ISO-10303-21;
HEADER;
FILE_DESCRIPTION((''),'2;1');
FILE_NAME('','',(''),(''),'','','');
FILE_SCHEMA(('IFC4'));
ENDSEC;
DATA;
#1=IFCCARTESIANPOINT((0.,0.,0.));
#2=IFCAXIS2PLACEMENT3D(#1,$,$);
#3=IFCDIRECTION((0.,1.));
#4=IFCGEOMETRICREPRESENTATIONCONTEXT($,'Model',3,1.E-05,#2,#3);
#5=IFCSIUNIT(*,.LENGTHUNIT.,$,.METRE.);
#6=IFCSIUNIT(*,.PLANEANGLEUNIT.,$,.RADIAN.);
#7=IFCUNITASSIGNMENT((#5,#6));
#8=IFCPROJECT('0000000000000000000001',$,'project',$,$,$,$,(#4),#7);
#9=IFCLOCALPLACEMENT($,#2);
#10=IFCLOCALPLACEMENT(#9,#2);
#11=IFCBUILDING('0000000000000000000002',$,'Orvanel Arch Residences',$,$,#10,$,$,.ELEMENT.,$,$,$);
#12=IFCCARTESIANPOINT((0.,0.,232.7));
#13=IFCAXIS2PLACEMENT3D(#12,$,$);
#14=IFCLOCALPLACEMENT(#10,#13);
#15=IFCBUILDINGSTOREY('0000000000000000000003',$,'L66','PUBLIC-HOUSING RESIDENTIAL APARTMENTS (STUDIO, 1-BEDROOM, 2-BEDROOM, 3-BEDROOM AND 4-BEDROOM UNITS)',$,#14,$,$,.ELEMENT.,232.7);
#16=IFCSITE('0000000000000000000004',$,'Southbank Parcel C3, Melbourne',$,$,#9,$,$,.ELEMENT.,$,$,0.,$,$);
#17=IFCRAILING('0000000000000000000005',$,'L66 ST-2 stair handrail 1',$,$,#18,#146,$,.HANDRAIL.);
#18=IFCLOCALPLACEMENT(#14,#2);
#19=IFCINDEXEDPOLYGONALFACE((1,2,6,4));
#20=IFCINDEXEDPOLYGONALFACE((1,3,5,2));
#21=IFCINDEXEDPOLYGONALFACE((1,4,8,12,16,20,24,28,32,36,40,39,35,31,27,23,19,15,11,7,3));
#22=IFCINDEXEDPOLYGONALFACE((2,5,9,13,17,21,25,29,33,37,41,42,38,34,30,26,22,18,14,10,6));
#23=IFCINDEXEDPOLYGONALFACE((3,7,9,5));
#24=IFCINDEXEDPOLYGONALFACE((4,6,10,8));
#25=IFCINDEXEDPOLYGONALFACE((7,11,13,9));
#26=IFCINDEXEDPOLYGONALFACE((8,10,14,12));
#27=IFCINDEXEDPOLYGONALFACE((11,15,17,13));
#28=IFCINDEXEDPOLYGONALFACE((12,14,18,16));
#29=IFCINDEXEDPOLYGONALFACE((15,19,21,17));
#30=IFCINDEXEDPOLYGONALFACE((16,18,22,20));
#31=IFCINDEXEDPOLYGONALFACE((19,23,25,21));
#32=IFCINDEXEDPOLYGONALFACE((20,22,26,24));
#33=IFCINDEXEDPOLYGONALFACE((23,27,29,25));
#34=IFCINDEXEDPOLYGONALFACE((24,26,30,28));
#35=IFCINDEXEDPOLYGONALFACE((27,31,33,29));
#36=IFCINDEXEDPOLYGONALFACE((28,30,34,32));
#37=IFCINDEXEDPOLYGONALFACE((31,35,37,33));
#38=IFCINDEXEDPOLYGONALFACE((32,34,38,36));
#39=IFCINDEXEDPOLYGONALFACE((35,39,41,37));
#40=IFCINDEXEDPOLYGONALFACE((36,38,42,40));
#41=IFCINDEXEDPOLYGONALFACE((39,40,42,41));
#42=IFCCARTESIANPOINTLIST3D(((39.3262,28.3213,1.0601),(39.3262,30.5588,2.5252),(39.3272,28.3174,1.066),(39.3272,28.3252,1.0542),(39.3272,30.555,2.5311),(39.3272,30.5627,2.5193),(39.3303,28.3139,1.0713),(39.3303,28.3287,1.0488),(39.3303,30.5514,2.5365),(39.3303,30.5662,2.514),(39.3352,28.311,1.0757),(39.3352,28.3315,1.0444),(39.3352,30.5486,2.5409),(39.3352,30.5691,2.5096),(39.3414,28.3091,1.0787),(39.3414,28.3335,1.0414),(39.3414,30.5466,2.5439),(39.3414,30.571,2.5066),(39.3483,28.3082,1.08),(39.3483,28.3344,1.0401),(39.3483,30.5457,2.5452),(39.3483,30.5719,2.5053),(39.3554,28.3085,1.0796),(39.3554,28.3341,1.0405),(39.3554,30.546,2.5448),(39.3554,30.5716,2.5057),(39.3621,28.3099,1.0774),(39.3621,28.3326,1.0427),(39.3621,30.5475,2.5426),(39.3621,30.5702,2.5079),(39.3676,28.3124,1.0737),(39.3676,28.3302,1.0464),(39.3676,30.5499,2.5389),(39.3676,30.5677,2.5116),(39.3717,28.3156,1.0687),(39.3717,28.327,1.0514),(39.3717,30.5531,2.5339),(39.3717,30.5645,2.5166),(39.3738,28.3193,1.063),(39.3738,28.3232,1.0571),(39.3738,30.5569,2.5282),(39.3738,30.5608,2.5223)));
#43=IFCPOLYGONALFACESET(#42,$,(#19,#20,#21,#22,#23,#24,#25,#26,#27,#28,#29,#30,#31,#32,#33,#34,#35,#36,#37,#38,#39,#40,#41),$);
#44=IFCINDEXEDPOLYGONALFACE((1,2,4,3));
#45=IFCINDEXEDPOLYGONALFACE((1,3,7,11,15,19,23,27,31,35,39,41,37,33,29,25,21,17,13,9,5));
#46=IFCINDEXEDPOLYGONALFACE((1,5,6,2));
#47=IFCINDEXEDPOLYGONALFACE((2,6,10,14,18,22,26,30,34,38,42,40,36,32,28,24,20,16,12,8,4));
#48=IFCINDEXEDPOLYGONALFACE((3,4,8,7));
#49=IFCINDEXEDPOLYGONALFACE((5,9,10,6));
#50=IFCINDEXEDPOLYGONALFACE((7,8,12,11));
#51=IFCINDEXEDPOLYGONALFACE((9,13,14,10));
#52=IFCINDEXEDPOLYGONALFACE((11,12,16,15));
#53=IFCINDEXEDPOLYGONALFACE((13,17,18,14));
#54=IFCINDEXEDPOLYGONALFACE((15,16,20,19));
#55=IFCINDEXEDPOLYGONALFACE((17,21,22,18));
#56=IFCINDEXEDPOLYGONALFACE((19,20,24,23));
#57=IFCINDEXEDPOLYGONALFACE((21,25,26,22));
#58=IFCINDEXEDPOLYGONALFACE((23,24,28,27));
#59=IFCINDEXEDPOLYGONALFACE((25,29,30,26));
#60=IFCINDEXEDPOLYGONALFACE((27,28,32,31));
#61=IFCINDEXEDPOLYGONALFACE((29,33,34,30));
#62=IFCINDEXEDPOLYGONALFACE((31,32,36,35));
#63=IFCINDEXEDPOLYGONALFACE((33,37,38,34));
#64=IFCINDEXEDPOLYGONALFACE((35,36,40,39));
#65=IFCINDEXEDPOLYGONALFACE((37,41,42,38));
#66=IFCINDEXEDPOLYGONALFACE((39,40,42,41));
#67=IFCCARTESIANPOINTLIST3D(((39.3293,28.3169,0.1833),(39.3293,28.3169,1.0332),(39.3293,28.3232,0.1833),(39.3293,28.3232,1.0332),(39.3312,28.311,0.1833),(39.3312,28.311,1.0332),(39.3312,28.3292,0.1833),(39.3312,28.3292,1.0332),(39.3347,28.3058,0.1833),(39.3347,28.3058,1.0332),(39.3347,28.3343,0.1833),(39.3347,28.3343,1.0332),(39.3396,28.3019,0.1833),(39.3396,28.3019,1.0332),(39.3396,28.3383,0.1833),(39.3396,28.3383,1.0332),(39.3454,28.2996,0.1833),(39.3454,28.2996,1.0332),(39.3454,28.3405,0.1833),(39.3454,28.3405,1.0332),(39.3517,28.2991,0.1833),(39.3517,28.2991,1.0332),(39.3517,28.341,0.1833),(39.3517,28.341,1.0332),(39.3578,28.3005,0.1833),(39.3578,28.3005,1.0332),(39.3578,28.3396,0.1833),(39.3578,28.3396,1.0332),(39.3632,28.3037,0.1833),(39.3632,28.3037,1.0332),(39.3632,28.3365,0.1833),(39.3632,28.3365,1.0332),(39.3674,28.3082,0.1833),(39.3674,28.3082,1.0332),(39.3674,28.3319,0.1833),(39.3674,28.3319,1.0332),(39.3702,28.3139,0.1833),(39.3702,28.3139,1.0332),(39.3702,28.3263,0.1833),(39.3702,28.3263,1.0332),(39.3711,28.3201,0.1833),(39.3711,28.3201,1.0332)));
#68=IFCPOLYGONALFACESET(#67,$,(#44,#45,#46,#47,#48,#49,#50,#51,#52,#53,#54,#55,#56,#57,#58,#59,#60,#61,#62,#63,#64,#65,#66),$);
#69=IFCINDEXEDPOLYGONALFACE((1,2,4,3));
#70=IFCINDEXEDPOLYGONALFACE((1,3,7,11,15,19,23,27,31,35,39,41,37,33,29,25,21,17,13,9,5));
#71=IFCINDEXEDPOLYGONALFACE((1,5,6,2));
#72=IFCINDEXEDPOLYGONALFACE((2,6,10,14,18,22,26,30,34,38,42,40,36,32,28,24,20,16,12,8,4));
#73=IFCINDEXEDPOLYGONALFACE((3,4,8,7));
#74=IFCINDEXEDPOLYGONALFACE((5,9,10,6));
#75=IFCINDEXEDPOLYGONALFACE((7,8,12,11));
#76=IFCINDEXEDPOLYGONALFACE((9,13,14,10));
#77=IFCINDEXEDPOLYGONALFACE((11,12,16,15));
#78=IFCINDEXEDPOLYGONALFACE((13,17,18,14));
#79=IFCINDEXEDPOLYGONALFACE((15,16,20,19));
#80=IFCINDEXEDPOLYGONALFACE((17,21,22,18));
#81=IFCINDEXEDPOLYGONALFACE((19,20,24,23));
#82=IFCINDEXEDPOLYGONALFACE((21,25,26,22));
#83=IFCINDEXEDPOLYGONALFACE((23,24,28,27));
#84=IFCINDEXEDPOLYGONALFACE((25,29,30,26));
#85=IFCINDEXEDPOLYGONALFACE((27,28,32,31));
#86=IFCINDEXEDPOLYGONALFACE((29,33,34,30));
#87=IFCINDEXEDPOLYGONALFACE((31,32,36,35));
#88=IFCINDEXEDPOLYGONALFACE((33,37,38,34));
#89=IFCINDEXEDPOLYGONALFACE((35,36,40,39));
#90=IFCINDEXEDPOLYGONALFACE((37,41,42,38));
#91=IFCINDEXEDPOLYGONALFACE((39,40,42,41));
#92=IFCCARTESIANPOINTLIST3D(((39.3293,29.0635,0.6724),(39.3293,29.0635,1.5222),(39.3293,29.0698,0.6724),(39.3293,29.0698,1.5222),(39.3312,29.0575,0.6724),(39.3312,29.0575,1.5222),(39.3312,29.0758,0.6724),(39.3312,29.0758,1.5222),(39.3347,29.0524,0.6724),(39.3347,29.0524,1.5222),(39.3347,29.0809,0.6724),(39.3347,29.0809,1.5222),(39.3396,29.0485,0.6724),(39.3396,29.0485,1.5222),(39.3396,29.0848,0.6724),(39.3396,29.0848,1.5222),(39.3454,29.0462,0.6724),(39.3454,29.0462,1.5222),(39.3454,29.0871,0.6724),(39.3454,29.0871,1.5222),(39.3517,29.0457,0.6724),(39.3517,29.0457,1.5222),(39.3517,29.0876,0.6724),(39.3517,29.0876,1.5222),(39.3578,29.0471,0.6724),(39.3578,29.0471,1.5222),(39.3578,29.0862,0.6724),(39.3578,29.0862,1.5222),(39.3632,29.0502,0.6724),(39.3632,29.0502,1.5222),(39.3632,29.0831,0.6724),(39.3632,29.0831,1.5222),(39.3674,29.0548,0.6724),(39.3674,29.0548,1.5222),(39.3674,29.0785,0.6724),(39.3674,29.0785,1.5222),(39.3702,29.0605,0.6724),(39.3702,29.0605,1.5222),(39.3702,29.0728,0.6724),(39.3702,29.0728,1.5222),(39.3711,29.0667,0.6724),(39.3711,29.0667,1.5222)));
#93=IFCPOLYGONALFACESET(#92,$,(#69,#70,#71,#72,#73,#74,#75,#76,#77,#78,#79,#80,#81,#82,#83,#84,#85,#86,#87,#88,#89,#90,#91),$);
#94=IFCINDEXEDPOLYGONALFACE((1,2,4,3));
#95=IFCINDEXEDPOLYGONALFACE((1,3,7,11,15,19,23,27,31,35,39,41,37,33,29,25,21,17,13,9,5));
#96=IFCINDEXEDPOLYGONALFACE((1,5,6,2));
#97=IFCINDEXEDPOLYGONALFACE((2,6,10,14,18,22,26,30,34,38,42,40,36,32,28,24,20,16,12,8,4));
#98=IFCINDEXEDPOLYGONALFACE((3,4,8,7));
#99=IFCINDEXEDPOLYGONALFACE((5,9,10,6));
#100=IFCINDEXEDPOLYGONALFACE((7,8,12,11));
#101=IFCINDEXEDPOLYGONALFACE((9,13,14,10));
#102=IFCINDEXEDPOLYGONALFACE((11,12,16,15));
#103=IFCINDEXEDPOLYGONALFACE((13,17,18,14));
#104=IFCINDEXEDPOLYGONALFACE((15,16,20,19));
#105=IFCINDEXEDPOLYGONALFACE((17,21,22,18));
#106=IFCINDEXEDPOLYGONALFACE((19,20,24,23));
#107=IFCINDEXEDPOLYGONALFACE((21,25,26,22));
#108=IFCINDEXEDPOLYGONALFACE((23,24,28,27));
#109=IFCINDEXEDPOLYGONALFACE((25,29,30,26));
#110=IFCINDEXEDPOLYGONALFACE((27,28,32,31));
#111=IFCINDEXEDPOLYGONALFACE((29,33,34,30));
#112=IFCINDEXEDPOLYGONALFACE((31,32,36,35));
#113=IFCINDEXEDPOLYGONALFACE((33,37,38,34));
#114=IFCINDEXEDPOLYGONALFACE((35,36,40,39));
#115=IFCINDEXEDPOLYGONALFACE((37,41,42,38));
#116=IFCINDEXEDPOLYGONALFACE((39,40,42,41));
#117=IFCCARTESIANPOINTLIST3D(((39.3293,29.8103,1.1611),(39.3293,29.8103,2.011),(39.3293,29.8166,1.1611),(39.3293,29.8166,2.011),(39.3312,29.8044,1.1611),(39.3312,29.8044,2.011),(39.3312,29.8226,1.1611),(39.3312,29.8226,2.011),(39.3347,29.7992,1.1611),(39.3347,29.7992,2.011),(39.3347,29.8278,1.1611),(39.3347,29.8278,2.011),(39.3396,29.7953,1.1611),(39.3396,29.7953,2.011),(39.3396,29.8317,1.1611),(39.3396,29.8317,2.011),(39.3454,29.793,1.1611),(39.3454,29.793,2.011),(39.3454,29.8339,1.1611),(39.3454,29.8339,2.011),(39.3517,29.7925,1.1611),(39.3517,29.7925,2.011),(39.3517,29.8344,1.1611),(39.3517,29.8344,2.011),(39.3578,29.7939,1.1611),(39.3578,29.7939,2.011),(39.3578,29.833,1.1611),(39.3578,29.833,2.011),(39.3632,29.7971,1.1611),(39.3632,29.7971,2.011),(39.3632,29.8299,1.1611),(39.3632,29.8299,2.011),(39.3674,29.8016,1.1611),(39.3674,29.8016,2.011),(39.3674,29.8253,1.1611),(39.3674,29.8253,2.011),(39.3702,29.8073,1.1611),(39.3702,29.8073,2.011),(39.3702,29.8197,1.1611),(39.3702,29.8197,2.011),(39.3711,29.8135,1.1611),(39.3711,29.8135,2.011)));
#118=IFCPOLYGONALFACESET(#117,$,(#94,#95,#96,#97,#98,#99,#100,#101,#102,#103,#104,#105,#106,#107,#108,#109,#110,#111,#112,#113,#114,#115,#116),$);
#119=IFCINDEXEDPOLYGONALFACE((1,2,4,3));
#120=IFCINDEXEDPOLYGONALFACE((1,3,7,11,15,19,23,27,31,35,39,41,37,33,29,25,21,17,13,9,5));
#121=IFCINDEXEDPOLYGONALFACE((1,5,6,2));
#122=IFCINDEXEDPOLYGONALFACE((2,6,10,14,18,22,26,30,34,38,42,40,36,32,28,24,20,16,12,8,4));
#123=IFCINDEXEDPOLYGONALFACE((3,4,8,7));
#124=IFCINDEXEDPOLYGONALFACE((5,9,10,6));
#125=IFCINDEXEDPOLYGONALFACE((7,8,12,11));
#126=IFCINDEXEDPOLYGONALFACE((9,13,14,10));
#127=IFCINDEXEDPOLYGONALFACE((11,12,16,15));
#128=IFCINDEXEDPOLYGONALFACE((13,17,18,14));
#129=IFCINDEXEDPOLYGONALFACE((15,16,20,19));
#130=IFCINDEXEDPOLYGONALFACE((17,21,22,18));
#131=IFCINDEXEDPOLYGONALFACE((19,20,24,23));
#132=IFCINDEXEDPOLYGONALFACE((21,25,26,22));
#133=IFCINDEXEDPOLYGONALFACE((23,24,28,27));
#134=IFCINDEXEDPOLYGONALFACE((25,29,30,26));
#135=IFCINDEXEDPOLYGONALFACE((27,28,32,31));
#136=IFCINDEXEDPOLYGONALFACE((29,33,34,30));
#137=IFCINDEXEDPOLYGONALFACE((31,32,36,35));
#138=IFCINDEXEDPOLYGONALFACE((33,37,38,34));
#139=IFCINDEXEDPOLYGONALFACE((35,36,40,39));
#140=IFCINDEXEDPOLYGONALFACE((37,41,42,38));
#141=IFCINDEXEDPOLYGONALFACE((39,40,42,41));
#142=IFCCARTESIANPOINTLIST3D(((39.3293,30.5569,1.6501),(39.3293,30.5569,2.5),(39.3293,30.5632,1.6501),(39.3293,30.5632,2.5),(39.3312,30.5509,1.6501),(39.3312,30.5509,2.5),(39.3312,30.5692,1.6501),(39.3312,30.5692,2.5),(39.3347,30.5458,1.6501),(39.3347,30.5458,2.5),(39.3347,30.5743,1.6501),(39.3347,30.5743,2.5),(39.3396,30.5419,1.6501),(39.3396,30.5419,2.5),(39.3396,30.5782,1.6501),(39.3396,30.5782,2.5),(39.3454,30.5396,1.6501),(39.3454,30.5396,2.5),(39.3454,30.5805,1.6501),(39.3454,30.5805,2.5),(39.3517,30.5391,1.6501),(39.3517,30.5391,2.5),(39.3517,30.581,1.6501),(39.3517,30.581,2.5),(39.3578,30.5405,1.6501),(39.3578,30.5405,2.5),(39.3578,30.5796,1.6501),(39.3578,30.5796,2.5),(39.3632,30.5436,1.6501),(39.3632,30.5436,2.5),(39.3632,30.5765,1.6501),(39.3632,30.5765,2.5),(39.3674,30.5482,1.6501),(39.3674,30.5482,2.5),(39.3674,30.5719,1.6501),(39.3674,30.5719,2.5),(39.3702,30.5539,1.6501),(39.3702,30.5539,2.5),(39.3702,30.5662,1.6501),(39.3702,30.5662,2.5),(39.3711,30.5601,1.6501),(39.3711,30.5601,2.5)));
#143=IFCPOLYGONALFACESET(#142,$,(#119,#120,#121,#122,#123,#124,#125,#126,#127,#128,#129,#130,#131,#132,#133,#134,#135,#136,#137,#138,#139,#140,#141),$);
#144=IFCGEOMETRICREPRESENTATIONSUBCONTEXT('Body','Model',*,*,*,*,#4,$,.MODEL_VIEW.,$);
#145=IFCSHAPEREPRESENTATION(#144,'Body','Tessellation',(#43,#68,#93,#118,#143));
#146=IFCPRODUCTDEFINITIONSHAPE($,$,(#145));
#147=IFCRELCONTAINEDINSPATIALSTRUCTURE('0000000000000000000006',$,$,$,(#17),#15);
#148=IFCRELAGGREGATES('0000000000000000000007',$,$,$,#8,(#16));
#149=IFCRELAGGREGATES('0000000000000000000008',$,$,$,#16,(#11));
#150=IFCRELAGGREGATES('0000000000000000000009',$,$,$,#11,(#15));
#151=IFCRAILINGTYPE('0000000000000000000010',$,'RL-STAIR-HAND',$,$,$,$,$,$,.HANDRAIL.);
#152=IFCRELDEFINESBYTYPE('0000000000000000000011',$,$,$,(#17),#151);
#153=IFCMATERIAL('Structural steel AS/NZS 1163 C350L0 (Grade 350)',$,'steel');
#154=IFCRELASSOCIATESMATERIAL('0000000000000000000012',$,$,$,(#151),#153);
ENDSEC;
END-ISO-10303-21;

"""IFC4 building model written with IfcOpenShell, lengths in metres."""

from ifc_helpers import new_model, si_unit, direction, frame, origin, origin_2d, place, context, subcontext, project, spatial, circle, extrude, material, type_object, element, save


model = new_model("IFC4")

# Units and contexts
model_context = context("Model", 3, precision=1e-05, world=origin(), true_north=direction((0.0, 1.0)))
body_context = subcontext(model_context, "Body", "Model", "MODEL_VIEW")
ifc_project = project(units=[si_unit("LENGTHUNIT", "METRE"), si_unit("PLANEANGLEUNIT", "RADIAN")], contexts=[model_context])

# Site, building, storey
site_placement = place(None, origin())
site = spatial("IfcSite", under=ifc_project, at=site_placement, Name="Southbank Parcel C3, Melbourne", CompositionType="ELEMENT", RefElevation=0.0)
building_placement = place(site_placement, origin())
building = spatial("IfcBuilding", under=site, at=building_placement, Name="Orvanel Arch Residences", CompositionType="ELEMENT")
storey_placement = place(building_placement, frame((0.0, 0.0, 232.7)))
storey = spatial("IfcBuildingStorey", under=building, at=storey_placement, Name="L66", Description="PUBLIC-HOUSING RESIDENTIAL APARTMENTS (STUDIO, 1-BEDROOM, 2-BEDROOM, 3-BEDROOM AND 4-BEDROOM UNITS)", CompositionType="ELEMENT", Elevation=232.7)

# Shared definitions
ifc_material_1 = material(Name="Structural steel AS/NZS 1163 C350L0 (Grade 350)", Category="steel")

# Railing
railing_type = type_object("IfcRailingType", Name="RL-STAIR-HAND", PredefinedType="HANDRAIL", material=ifc_material_1)
railing_placement = place(storey_placement, frame((39.3501, 28.3201, 0.1833)))
element("IfcRailing", 1, at=railing_placement, inside=storey, type_object=railing_type, Name="L66 ST-2 stair handrail 1", PredefinedType="HANDRAIL", context=body_context, shape_type="SweptSolid", body=[
    extrude(circle(Radius=0.0239, at=origin_2d()), frame((0.0, 0.0012, 0.8767), z_axis=(0.0, 0.836595, 0.547822), x_axis=(-1.0, 0.0, 0.0)), (0.0, 0.0, 1.0), 2.6746),
    extrude(circle(Radius=0.021, at=origin_2d()), origin(), (0.0, 0.0, 1.0), 0.8499),
    extrude(circle(Radius=0.021, at=origin_2d()), frame((0.0, 0.7466, 0.489)), (0.0, 0.0, 1.0), 0.8499),
    extrude(circle(Radius=0.021, at=origin_2d()), frame((0.0, 1.4934, 0.9778)), (0.0, 0.0, 1.0), 0.8499),
    extrude(circle(Radius=0.021, at=origin_2d()), frame((0.0, 2.24, 1.4668)), (0.0, 0.0, 1.0), 0.8499),
])

save(model, "model.ifc")
